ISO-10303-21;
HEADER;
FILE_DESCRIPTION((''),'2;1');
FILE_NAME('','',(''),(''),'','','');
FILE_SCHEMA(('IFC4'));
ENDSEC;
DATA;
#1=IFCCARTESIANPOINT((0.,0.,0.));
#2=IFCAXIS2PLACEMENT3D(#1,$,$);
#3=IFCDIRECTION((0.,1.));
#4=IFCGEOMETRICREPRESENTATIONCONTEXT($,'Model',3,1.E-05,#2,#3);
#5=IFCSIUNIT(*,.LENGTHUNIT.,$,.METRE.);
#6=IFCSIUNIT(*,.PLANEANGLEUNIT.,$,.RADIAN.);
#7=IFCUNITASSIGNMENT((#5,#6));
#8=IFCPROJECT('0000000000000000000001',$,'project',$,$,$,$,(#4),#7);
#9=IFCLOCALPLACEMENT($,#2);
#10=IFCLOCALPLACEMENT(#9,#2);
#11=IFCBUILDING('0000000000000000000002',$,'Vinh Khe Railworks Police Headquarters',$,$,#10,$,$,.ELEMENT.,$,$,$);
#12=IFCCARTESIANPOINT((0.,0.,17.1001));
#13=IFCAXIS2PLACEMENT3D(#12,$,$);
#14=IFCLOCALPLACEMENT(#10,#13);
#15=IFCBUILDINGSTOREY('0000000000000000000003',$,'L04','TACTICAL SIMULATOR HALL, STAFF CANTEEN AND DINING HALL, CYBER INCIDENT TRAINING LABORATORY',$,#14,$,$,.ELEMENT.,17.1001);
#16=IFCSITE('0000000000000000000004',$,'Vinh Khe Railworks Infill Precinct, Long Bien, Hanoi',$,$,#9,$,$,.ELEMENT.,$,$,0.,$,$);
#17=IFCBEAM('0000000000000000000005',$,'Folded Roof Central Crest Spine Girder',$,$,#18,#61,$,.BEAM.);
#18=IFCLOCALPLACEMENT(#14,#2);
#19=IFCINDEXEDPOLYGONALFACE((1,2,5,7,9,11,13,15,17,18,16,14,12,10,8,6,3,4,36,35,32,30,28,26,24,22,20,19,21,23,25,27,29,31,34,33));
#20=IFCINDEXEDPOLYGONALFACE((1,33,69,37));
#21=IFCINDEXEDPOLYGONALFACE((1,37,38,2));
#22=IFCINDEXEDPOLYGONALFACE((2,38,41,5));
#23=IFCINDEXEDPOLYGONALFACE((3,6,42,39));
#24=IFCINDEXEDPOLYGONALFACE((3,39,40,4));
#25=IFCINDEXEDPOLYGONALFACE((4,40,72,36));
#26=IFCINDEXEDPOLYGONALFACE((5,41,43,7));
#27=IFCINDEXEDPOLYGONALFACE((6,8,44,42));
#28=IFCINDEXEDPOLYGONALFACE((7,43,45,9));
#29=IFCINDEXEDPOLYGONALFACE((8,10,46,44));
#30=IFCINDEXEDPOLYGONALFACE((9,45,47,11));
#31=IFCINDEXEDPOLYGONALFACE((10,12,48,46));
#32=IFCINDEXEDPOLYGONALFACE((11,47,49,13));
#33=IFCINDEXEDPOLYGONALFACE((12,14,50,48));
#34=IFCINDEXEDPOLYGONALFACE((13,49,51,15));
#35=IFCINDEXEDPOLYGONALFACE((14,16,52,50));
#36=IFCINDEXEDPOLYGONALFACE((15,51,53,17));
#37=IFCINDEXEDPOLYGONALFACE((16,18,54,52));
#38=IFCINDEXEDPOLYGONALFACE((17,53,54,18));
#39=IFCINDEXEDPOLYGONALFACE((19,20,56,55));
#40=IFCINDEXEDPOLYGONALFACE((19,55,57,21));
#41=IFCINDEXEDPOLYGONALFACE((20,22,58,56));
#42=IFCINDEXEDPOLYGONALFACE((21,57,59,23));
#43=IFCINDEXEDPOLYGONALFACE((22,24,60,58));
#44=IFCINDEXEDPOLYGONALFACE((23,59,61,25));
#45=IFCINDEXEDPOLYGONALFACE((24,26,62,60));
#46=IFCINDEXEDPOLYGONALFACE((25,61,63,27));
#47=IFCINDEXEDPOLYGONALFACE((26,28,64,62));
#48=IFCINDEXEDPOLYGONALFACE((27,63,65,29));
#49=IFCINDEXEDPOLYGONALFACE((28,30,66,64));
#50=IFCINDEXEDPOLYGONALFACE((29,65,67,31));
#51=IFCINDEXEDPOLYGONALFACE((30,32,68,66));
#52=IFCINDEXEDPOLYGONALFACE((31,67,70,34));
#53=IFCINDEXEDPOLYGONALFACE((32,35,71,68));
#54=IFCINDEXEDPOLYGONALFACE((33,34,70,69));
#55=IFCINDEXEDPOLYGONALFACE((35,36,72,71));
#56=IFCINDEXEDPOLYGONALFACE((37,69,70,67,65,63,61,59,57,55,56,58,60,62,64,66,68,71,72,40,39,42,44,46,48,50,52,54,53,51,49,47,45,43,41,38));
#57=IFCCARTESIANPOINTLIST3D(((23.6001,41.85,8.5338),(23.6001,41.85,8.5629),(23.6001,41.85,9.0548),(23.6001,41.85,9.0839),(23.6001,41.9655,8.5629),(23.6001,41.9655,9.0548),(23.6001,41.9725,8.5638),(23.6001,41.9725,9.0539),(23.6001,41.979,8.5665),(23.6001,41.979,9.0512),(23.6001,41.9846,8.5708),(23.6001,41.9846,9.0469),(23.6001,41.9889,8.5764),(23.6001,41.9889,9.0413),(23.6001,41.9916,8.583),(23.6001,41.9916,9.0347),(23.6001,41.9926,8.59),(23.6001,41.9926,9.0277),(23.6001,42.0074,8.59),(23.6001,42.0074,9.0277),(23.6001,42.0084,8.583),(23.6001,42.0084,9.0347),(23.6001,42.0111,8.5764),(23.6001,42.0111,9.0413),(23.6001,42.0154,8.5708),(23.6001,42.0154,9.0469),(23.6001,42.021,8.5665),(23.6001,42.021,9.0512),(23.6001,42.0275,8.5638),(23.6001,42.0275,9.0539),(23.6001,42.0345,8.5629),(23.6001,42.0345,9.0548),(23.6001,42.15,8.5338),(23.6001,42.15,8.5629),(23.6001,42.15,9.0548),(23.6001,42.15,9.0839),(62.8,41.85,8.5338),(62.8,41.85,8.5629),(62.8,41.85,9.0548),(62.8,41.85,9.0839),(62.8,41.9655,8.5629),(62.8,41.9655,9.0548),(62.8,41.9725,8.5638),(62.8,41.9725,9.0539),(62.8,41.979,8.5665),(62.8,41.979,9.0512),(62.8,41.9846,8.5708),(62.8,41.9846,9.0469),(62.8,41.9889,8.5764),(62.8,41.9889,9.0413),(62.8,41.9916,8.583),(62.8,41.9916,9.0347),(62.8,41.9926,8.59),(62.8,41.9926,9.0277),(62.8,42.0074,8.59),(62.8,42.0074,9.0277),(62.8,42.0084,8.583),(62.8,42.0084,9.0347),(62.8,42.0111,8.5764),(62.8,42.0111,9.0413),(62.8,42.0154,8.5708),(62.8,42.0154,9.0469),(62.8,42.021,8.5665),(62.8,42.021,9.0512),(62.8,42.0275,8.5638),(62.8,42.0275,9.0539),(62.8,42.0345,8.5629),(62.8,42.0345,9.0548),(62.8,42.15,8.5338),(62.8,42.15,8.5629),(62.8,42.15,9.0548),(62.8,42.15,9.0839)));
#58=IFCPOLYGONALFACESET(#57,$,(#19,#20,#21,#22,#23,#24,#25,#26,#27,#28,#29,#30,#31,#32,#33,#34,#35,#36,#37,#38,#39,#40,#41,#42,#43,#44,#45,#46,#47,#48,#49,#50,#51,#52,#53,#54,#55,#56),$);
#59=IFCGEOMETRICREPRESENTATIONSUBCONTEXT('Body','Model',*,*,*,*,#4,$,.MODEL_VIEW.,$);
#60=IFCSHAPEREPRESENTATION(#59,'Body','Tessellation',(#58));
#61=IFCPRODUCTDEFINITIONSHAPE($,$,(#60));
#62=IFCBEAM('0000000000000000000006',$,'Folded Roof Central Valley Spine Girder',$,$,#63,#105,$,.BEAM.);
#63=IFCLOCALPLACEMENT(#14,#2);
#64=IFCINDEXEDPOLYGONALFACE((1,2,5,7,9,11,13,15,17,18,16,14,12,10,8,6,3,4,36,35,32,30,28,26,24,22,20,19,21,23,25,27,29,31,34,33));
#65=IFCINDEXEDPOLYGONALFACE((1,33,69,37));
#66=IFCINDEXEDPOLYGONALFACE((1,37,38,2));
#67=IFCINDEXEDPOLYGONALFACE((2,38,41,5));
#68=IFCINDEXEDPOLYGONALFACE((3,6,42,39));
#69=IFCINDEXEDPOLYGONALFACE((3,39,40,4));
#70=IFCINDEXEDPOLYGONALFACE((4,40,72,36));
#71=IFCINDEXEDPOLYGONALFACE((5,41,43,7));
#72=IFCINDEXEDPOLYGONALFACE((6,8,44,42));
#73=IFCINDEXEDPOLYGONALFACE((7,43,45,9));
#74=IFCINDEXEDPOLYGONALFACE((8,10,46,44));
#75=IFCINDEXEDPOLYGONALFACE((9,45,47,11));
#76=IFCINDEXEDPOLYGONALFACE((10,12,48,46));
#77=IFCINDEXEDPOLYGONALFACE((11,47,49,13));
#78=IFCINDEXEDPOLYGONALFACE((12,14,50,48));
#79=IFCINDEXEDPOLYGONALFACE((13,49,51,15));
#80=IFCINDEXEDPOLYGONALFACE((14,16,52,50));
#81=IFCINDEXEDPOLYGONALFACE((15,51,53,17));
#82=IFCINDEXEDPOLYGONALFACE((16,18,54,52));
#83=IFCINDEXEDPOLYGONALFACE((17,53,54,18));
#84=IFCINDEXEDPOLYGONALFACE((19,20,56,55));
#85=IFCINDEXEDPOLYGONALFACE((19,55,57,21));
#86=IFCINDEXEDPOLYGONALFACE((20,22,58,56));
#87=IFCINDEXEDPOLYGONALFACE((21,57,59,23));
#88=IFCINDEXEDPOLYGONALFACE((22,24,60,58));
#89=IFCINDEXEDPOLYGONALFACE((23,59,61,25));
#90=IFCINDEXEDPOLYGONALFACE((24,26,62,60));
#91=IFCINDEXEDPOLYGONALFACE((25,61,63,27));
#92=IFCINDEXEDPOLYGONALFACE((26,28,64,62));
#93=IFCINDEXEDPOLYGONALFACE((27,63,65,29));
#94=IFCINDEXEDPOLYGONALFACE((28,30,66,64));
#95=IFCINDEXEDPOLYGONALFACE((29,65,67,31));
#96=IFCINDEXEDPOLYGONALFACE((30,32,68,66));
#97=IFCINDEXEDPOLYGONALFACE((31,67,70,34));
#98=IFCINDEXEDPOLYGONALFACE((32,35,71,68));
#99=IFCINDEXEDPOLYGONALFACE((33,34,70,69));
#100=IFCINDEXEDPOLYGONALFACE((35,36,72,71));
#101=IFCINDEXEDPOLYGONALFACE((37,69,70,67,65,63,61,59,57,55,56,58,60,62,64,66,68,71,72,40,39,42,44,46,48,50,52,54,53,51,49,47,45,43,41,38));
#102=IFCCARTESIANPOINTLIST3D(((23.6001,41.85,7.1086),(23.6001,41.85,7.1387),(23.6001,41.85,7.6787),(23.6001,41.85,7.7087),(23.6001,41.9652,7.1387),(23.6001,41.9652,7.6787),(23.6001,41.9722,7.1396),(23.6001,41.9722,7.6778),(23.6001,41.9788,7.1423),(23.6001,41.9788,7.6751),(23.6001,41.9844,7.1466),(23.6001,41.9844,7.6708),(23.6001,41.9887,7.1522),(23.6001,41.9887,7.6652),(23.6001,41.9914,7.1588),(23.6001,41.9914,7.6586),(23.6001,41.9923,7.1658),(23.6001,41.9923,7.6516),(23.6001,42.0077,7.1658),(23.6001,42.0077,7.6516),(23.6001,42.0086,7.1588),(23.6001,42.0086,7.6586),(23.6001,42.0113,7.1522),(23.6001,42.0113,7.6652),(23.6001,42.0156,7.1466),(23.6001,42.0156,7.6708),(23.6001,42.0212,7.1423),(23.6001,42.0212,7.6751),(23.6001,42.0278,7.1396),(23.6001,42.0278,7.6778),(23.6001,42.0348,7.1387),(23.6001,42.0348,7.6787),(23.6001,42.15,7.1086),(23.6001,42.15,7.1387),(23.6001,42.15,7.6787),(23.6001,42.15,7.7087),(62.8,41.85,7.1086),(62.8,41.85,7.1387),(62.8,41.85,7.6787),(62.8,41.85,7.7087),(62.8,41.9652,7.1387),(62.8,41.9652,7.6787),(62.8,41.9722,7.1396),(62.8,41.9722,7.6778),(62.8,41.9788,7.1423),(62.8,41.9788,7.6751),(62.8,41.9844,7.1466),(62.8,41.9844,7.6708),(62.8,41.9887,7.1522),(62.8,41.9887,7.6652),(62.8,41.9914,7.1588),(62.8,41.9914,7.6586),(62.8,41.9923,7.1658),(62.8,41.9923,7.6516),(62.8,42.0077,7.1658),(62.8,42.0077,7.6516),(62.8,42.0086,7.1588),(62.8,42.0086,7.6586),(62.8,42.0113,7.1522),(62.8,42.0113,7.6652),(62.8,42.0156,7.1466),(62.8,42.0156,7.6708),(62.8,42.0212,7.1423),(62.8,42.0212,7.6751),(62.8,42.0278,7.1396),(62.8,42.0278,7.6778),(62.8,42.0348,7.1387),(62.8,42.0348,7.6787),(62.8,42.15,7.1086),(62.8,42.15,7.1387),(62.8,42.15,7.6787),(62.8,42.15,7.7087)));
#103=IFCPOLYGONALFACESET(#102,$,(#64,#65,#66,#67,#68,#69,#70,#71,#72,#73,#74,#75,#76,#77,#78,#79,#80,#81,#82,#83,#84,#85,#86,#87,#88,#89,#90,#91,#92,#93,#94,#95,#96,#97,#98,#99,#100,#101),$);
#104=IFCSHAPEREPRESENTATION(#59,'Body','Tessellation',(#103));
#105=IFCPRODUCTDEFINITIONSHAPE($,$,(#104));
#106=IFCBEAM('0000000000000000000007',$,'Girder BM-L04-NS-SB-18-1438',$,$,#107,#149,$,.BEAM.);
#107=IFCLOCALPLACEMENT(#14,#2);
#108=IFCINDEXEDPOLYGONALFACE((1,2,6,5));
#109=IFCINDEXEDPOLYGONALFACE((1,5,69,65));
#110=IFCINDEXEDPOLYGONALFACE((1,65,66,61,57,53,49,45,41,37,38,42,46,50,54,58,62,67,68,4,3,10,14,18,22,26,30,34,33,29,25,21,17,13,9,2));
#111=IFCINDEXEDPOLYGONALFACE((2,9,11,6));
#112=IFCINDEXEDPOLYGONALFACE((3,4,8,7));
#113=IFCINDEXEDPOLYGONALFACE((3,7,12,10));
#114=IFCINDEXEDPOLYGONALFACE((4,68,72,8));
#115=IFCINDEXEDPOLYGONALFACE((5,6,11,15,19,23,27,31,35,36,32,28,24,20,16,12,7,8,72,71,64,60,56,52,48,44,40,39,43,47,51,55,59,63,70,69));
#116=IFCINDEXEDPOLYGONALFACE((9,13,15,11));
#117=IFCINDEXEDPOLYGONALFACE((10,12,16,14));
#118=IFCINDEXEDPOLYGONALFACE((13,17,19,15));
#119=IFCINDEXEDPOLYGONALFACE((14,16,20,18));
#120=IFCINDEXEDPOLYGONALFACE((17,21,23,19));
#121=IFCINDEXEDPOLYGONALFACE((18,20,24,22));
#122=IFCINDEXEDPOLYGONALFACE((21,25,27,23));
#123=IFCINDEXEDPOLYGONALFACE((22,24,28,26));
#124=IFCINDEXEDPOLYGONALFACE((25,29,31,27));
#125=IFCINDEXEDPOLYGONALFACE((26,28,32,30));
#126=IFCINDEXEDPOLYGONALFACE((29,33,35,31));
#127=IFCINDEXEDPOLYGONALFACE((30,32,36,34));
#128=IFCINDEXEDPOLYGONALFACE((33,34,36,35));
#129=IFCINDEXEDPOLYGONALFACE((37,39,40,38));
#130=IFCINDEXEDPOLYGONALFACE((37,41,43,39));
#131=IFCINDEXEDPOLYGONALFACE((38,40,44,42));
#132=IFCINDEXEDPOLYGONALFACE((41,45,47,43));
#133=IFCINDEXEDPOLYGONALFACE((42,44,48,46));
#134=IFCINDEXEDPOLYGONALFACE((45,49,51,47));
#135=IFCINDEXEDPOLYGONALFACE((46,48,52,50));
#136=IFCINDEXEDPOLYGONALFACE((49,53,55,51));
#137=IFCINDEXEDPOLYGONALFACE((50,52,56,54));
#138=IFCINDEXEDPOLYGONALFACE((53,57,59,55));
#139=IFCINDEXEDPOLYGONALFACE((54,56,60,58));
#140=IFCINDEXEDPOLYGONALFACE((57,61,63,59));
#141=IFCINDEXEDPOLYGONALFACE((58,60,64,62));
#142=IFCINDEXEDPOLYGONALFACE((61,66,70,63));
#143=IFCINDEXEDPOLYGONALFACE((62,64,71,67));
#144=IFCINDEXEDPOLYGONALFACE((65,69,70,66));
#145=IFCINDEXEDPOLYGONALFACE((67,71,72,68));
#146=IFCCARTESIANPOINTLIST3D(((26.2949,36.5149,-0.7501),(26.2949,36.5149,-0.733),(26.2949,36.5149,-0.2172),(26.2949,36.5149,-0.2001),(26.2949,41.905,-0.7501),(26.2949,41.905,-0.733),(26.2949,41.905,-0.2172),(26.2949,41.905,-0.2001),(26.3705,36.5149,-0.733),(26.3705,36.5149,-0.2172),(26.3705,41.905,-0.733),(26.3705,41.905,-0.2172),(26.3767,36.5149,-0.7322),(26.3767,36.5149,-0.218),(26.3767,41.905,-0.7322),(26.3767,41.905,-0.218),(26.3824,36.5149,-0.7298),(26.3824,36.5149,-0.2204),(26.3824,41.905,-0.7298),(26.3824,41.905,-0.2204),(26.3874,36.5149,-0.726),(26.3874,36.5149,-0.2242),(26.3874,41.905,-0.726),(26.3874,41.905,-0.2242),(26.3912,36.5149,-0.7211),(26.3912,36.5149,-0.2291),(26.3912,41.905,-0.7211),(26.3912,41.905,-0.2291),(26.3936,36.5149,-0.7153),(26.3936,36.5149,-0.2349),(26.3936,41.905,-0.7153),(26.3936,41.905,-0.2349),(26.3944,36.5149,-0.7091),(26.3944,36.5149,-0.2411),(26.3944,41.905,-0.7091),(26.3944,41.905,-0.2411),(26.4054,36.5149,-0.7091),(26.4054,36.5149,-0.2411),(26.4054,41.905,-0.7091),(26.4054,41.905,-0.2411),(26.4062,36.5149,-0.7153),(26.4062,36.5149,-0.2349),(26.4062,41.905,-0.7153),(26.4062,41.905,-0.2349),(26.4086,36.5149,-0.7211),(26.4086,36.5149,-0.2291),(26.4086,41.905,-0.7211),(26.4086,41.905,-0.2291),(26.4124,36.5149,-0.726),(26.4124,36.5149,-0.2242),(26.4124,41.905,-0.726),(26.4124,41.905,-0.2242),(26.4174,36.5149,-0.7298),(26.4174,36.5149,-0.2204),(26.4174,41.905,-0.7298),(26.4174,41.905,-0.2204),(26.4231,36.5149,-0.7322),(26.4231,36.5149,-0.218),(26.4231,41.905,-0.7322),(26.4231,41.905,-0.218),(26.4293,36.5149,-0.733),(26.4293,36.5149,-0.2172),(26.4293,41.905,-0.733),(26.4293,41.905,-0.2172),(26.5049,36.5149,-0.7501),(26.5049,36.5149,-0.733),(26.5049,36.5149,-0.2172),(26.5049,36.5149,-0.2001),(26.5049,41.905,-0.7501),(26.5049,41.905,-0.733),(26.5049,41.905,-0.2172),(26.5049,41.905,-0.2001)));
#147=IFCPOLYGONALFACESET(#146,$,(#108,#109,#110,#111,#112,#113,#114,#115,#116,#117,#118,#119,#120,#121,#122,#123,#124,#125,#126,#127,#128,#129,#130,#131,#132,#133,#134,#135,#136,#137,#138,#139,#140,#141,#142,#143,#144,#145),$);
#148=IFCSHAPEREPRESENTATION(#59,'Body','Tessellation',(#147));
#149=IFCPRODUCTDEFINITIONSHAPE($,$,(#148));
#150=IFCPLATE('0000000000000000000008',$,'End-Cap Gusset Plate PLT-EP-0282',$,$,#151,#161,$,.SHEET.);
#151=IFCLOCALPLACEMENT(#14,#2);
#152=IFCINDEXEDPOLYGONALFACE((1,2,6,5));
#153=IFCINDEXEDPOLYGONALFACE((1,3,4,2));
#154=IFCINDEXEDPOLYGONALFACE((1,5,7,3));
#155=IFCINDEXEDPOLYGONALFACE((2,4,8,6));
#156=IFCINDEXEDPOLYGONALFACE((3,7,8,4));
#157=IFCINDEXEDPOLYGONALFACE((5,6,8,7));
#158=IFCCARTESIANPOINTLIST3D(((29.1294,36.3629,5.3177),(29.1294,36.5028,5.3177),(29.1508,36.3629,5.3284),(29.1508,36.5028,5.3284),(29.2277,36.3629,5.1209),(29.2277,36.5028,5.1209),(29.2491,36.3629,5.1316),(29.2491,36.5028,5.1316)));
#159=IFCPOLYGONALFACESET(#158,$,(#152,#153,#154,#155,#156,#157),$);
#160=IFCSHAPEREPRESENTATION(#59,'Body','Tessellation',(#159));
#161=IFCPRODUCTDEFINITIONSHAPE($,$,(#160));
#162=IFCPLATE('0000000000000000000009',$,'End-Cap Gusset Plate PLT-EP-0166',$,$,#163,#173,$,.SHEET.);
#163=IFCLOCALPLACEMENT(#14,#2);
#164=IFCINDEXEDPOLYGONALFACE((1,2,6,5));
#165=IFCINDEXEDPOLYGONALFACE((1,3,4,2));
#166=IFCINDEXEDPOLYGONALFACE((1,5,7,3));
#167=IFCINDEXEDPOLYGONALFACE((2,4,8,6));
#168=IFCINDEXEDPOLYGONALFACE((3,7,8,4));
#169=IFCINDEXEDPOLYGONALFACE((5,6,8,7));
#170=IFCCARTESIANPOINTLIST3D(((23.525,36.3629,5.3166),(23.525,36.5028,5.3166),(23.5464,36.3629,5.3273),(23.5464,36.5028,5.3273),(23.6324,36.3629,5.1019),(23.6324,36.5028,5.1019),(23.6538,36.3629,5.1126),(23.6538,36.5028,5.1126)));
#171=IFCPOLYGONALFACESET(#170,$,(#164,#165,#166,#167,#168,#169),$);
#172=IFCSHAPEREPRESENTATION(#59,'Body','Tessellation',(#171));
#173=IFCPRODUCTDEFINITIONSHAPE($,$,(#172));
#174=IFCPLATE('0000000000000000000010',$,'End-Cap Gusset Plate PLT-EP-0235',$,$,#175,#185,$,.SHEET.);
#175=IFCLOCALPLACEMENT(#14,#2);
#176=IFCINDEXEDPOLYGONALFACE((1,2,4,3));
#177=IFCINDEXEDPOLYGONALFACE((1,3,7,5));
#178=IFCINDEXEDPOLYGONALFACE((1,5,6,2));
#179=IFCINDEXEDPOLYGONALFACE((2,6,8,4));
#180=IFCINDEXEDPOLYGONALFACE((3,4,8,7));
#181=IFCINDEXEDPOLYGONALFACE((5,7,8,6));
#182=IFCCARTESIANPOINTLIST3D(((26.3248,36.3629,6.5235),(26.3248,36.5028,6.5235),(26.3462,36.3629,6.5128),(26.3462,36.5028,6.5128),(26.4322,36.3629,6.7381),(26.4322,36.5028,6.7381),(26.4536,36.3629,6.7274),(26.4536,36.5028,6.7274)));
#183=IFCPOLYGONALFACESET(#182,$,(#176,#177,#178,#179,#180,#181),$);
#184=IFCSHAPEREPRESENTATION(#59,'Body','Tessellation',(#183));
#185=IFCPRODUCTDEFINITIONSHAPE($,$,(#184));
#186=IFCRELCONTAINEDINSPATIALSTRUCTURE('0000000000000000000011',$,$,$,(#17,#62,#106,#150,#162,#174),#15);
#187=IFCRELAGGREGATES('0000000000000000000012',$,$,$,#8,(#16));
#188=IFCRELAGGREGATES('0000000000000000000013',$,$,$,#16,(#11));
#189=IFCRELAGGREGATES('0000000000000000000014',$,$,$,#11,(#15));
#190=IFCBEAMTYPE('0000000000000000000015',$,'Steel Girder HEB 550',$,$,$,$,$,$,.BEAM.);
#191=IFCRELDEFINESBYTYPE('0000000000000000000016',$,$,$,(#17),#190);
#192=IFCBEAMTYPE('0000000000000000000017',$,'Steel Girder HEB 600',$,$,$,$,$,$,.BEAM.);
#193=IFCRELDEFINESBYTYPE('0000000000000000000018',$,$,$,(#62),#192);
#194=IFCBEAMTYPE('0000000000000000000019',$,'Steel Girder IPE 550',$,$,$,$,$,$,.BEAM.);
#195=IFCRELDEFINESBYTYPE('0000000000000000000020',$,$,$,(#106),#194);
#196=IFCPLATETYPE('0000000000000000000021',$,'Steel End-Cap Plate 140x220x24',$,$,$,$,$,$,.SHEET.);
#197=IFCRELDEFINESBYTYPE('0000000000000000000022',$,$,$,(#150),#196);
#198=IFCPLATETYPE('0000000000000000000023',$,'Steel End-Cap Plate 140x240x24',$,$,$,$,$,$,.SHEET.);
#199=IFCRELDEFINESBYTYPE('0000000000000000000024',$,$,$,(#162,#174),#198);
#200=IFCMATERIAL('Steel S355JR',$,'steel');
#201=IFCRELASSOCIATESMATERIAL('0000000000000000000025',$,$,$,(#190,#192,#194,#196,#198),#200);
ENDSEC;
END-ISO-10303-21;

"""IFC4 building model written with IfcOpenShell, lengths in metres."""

from ifc_helpers import new_model, si_unit, direction, frame, origin, origin_2d, place, context, subcontext, project, spatial, rectangle, i_section, extrude, material, material_profile, profile_set, type_object, element, save


model = new_model("IFC4")

# Units and contexts
model_context = context("Model", 3, precision=1e-05, world=origin(), true_north=direction((0.0, 1.0)))
body_context = subcontext(model_context, "Body", "Model", "MODEL_VIEW")
ifc_project = project(units=[si_unit("LENGTHUNIT", "METRE"), si_unit("PLANEANGLEUNIT", "RADIAN")], contexts=[model_context])

# Site, building, storey
site_placement = place(None, origin())
site = spatial("IfcSite", under=ifc_project, at=site_placement, Name="Vinh Khe Railworks Infill Precinct, Long Bien, Hanoi", CompositionType="ELEMENT", RefElevation=0.0)
building_placement = place(site_placement, origin())
building = spatial("IfcBuilding", under=site, at=building_placement, Name="Vinh Khe Railworks Police Headquarters", CompositionType="ELEMENT")
storey_placement = place(building_placement, frame((0.0, 0.0, 17.1001)))
storey = spatial("IfcBuildingStorey", under=building, at=storey_placement, Name="L04", Description="TACTICAL SIMULATOR HALL, STAFF CANTEEN AND DINING HALL, CYBER INCIDENT TRAINING LABORATORY", CompositionType="ELEMENT", Elevation=17.1001)

# Shared definitions
ifc_material_1 = material(Name="Steel S355JR", Category="steel")

# Beams
ifc_material_profile_1 = material_profile(ifc_material_1, i_section(OverallWidth=0.3, OverallDepth=0.55, WebThickness=0.0149, FlangeThickness=0.0291, FilletRadius=0.0271, at=origin_2d()), Name="HEB 550")
ifc_profile_set_1 = profile_set([ifc_material_profile_1], Name="Steel S355JR")
beam_type_1 = type_object("IfcBeamType", Name="Steel Girder HEB 550", PredefinedType="BEAM", material=ifc_profile_set_1)
beam_1_placement = place(storey_placement, frame((23.6001, 42.0, 8.8088), z_axis=(1.0, 0.0, 0.0), x_axis=(0.0, 1.0, 0.0)))
element("IfcBeam", 1, at=beam_1_placement, inside=storey, type_object=beam_type_1, Name="Folded Roof Central Crest Spine Girder", PredefinedType="BEAM", context=body_context, shape_type="SweptSolid", body=[
    extrude(i_section(OverallWidth=0.3, OverallDepth=0.55, WebThickness=0.0149, FlangeThickness=0.0291, FilletRadius=0.0271, at=origin_2d()), origin(), (0.0, 0.0, 1.0), 39.2),
])
ifc_material_profile_2 = material_profile(ifc_material_1, i_section(OverallWidth=0.3, OverallDepth=0.6001, WebThickness=0.0154, FlangeThickness=0.03, FilletRadius=0.0271, at=origin_2d()), Name="HEB 600")
ifc_profile_set_2 = profile_set([ifc_material_profile_2], Name="Steel S355JR")
beam_type_2 = type_object("IfcBeamType", Name="Steel Girder HEB 600", PredefinedType="BEAM", material=ifc_profile_set_2)
beam_2_placement = place(storey_placement, frame((23.6001, 42.0, 7.4087), z_axis=(1.0, 0.0, 0.0), x_axis=(0.0, 1.0, 0.0)))
element("IfcBeam", 2, at=beam_2_placement, inside=storey, type_object=beam_type_2, Name="Folded Roof Central Valley Spine Girder", PredefinedType="BEAM", context=body_context, shape_type="SweptSolid", body=[
    extrude(i_section(OverallWidth=0.3, OverallDepth=0.6001, WebThickness=0.0154, FlangeThickness=0.03, FilletRadius=0.0271, at=origin_2d()), origin(), (0.0, 0.0, 1.0), 39.2),
])
ifc_material_profile_3 = material_profile(ifc_material_1, i_section(OverallWidth=0.21, OverallDepth=0.55, WebThickness=0.011, FlangeThickness=0.0171, FilletRadius=0.0239, at=origin_2d()), Name="IPE 550")
ifc_profile_set_3 = profile_set([ifc_material_profile_3], Name="Steel S355JR")
beam_type_3 = type_object("IfcBeamType", Name="Steel Girder IPE 550", PredefinedType="BEAM", material=ifc_profile_set_3)
beam_3_placement = place(storey_placement, frame((26.3999, 36.5149, -0.4751), z_axis=(0.0, 1.0, 0.0), x_axis=(-1.0, 0.0, 0.0)))
element("IfcBeam", 3, at=beam_3_placement, inside=storey, type_object=beam_type_3, Name="Girder BM-L04-NS-SB-18-1438", PredefinedType="BEAM", context=body_context, shape_type="SweptSolid", body=[
    extrude(i_section(OverallWidth=0.21, OverallDepth=0.55, WebThickness=0.011, FlangeThickness=0.0171, FilletRadius=0.0239, at=origin_2d()), origin(), (0.0, 0.0, 1.0), 5.3901),
])

# Plates
ifc_material_profile_4 = material_profile(ifc_material_1, rectangle(XDim=0.1399, YDim=0.22, at=origin_2d()), Name="PL 140x220")
ifc_profile_set_4 = profile_set([ifc_material_profile_4], Name="Steel S355JR")
plate_type_1 = type_object("IfcPlateType", Name="Steel End-Cap Plate 140x220x24", PredefinedType="SHEET", material=ifc_profile_set_4)
plate_1_placement = place(storey_placement, frame((29.2, 36.4329, 5.23), z_axis=(-0.894427, 0.0, -0.447214), x_axis=(0.0, -1.0, 0.0)))
element("IfcPlate", 4, at=plate_1_placement, inside=storey, type_object=plate_type_1, Name="End-Cap Gusset Plate PLT-EP-0282", PredefinedType="SHEET", context=body_context, shape_type="SweptSolid", body=[
    extrude(rectangle(XDim=0.1399, YDim=0.22, at=origin_2d()), origin(), (0.0, 0.0, 1.0), 0.0239),
])
ifc_material_profile_5 = material_profile(ifc_material_1, rectangle(XDim=0.1399, YDim=0.24, at=origin_2d()), Name="PL 140x240")
ifc_profile_set_5 = profile_set([ifc_material_profile_5], Name="Steel S355JR")
plate_type_2 = type_object("IfcPlateType", Name="Steel End-Cap Plate 140x240x24", PredefinedType="SHEET", material=ifc_profile_set_5)
for number, where, z_axis, x_axis, name in (
    (5, (23.6001, 36.4329, 5.22), (-0.894427, 0.0, -0.447214), (0.0, -1.0, 0.0), "End-Cap Gusset Plate PLT-EP-0166"),
    (6, (26.3999, 36.4329, 6.6201), (-0.894427, 0.0, 0.447214), (0.0, -1.0, 0.0), "End-Cap Gusset Plate PLT-EP-0235"),
):
    element("IfcPlate", number, at=place(storey_placement, frame(where, z_axis=z_axis, x_axis=x_axis)), inside=storey, type_object=plate_type_2, Name=name, PredefinedType="SHEET", context=body_context, shape_type="SweptSolid", body=[
        extrude(rectangle(XDim=0.1399, YDim=0.24, at=origin_2d()), origin(), (0.0, 0.0, 1.0), 0.0239),
    ])

save(model, "model.ifc")
